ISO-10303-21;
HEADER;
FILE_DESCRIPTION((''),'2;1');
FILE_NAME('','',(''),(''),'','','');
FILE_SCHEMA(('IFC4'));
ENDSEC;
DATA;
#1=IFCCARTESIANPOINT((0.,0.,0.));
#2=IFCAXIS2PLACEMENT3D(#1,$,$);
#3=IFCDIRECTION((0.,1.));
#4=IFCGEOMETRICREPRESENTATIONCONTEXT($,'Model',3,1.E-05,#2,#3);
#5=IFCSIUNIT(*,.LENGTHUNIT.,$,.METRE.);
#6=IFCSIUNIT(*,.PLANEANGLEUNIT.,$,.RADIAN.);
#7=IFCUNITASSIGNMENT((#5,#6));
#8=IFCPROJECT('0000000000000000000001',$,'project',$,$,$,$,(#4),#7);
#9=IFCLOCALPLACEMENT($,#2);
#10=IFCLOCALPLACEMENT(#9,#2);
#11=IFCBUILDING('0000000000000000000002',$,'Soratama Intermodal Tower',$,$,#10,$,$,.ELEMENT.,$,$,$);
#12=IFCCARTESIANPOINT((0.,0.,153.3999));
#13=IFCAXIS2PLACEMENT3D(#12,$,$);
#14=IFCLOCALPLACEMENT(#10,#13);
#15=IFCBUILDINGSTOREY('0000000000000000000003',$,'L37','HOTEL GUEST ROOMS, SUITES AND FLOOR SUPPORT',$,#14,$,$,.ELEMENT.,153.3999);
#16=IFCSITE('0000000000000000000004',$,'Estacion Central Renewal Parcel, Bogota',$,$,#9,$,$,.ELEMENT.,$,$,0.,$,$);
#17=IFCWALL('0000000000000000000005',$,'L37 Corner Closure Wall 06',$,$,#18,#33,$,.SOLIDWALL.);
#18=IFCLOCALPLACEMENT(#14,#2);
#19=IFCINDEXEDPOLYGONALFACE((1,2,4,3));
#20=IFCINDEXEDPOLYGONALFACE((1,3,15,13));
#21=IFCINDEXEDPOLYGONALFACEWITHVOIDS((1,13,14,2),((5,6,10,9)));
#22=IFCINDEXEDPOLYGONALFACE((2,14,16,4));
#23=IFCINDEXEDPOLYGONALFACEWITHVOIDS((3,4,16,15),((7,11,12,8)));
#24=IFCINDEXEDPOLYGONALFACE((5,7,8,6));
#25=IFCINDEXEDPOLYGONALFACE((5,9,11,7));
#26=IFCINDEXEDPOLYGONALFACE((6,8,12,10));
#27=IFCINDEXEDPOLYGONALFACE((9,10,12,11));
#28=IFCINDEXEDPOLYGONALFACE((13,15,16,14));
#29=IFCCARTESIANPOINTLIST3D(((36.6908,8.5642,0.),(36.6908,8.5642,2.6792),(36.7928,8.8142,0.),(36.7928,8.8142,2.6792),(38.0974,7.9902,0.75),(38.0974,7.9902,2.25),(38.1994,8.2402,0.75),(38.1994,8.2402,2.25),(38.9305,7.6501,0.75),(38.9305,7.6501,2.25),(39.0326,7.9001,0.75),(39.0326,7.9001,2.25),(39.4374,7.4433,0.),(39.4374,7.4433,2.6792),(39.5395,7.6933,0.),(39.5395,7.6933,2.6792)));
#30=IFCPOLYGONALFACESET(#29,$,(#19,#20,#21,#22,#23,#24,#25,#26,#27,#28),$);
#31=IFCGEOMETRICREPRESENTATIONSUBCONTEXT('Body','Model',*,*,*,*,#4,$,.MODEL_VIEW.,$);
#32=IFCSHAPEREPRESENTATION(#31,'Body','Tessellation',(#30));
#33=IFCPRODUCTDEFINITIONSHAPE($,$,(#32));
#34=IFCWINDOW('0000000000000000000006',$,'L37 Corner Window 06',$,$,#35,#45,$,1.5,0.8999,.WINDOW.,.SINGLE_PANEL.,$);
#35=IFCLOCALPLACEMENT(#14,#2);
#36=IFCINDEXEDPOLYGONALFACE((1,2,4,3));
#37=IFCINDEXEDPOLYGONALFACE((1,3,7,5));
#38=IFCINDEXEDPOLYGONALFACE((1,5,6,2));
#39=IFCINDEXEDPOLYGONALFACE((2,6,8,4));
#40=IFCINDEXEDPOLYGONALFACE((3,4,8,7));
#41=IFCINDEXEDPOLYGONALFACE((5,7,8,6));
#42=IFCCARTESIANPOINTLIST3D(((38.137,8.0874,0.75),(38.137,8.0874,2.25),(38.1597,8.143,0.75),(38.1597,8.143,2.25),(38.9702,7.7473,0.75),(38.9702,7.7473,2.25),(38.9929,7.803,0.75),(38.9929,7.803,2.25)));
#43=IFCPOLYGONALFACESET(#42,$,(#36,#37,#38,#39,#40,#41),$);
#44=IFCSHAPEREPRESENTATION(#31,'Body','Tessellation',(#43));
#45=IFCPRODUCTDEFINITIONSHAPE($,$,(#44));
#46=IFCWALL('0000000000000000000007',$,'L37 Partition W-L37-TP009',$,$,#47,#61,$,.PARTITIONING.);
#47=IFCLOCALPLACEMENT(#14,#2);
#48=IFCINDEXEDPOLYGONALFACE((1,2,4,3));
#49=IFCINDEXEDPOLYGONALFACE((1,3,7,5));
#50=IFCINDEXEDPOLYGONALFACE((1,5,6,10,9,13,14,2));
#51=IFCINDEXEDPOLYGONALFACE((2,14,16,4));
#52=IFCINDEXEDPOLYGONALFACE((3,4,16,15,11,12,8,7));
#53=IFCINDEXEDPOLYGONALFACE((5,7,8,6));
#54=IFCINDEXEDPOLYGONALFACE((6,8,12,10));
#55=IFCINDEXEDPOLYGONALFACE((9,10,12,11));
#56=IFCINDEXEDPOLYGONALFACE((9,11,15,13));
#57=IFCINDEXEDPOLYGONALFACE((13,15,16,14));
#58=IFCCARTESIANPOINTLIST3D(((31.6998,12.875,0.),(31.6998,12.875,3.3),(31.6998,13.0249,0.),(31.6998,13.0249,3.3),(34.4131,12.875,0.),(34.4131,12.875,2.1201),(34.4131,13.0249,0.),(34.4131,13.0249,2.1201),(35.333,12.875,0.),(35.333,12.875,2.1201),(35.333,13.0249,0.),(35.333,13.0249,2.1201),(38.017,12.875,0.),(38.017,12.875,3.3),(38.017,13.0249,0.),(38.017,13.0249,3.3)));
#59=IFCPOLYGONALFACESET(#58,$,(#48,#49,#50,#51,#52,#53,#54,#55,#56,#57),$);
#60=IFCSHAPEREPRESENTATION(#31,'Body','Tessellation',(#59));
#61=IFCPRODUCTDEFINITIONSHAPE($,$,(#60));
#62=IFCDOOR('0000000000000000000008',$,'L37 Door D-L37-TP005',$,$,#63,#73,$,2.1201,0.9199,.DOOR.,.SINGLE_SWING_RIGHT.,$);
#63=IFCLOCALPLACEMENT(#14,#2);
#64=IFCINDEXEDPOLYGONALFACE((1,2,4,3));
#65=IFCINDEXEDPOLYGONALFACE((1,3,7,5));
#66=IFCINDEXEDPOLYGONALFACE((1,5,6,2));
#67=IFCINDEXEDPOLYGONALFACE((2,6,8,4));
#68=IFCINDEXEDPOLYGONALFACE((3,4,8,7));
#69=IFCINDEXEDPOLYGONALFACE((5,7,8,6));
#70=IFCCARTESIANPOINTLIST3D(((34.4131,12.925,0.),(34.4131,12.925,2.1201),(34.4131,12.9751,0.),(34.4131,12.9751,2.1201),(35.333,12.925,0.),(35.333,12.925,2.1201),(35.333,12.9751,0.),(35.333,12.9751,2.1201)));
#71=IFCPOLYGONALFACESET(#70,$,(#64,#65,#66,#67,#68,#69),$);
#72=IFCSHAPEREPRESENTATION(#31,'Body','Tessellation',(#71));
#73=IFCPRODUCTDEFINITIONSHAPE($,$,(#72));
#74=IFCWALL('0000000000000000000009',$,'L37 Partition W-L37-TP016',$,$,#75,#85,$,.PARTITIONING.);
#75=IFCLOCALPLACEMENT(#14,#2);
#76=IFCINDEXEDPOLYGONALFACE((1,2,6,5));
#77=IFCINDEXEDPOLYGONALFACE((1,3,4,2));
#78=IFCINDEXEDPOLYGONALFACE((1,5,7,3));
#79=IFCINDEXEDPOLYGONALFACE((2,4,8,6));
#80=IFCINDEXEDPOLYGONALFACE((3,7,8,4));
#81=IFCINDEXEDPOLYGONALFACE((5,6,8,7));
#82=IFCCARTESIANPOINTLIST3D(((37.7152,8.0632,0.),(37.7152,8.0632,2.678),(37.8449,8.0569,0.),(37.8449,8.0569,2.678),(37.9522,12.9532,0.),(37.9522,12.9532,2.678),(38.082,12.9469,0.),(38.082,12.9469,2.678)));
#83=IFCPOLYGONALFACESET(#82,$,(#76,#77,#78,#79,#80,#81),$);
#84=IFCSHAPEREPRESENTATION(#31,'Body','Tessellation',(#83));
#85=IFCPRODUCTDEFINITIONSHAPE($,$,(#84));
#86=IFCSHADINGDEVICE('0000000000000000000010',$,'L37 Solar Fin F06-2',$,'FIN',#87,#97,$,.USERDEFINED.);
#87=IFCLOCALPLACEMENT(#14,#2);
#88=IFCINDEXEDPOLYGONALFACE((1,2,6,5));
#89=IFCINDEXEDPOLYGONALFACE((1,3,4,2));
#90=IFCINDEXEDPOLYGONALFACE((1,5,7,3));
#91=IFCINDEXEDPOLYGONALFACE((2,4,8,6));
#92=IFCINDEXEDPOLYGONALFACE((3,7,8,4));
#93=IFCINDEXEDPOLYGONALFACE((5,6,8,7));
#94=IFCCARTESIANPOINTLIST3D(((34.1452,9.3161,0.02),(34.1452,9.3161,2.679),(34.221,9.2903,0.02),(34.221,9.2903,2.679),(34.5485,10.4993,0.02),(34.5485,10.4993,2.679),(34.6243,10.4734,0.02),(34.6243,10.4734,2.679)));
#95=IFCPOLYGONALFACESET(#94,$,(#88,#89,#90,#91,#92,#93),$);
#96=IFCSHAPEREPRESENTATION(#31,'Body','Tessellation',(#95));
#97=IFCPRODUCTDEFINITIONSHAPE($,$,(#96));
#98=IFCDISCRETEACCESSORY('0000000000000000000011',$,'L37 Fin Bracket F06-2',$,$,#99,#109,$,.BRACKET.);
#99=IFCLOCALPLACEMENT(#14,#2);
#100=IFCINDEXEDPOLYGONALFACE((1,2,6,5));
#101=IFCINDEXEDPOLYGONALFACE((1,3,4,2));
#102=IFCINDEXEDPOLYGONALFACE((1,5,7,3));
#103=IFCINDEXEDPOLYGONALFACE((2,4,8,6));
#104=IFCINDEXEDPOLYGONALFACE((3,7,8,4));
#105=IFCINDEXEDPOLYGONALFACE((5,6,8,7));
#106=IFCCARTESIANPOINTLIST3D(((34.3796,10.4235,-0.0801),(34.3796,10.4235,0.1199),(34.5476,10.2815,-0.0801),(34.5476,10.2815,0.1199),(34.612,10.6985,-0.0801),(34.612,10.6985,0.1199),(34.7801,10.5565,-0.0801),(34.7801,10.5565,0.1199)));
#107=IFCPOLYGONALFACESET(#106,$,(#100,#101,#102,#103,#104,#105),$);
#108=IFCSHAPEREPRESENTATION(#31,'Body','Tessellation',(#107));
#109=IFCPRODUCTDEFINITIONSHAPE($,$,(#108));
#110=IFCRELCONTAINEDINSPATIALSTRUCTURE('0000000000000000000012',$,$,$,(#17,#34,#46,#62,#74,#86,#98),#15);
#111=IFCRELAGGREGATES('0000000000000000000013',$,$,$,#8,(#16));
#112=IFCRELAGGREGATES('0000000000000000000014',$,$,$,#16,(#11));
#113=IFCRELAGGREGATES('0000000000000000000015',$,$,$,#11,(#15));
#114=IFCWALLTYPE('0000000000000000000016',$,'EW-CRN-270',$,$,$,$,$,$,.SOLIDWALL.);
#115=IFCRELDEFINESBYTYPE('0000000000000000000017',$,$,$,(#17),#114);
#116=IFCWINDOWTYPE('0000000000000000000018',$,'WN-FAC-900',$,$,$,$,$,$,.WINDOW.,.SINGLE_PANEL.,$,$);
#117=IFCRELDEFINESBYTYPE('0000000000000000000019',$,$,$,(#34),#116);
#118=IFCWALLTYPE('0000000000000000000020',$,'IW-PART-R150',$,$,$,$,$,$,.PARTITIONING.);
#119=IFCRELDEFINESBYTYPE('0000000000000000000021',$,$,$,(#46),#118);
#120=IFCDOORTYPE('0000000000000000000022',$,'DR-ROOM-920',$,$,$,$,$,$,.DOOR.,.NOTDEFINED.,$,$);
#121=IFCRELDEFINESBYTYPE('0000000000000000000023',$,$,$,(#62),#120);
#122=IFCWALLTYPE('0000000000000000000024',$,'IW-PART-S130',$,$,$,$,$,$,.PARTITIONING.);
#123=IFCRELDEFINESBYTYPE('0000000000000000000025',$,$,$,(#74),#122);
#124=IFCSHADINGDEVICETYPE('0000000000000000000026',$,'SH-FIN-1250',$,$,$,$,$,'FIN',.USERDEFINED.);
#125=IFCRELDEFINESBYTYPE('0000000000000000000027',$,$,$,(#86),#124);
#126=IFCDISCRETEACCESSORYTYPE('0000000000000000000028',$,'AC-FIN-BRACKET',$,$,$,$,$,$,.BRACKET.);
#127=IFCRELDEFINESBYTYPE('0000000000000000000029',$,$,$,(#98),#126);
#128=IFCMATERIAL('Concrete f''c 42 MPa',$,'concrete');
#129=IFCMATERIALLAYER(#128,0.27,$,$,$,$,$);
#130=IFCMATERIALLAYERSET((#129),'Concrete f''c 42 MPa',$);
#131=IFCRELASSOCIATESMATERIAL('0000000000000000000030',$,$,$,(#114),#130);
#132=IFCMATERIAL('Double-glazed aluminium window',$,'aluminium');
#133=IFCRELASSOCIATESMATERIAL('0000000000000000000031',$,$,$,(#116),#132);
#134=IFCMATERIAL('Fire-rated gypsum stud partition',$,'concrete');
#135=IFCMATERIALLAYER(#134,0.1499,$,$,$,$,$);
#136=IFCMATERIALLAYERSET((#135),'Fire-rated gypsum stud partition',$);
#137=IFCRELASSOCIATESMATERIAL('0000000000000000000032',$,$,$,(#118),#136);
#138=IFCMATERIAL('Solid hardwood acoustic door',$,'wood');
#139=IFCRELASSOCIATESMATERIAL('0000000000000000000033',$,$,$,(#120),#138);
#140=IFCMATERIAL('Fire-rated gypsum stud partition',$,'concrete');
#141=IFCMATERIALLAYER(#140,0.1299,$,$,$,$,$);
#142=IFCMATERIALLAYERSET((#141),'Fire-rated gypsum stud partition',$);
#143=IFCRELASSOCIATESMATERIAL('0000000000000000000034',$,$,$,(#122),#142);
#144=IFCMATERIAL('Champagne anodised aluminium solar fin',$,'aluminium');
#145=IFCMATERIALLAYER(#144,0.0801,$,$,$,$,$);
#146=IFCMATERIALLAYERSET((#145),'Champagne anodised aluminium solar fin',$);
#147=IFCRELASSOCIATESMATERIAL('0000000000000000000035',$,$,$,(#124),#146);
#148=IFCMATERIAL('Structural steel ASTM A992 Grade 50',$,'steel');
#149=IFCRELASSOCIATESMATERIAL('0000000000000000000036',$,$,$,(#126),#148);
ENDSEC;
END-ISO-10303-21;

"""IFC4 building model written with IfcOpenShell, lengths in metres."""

from ifc_helpers import new_model, si_unit, direction, frame, frame_2d, origin, origin_2d, place, context, subcontext, project, spatial, rectangle, extrude, material, layer, layer_set, type_object, element, fill, save


model = new_model("IFC4")

# Units and contexts
model_context = context("Model", 3, precision=1e-05, world=origin(), true_north=direction((0.0, 1.0)))
body_context = subcontext(model_context, "Body", "Model", "MODEL_VIEW")
ifc_project = project(units=[si_unit("LENGTHUNIT", "METRE"), si_unit("PLANEANGLEUNIT", "RADIAN")], contexts=[model_context])

# Site, building, storey
site_placement = place(None, origin())
site = spatial("IfcSite", under=ifc_project, at=site_placement, Name="Estacion Central Renewal Parcel, Bogota", CompositionType="ELEMENT", RefElevation=0.0)
building_placement = place(site_placement, origin())
building = spatial("IfcBuilding", under=site, at=building_placement, Name="Soratama Intermodal Tower", CompositionType="ELEMENT")
storey_placement = place(building_placement, frame((0.0, 0.0, 153.3999)))
storey = spatial("IfcBuildingStorey", under=building, at=storey_placement, Name="L37", Description="HOTEL GUEST ROOMS, SUITES AND FLOOR SUPPORT", CompositionType="ELEMENT", Elevation=153.3999)

# Wall, opening, window
ifc_material_1 = material(Name="Concrete f'c 42 MPa", Category="concrete")
ifc_layer_1 = layer(ifc_material_1, 0.27)
ifc_layer_set_1 = layer_set([ifc_layer_1], Name="Concrete f'c 42 MPa")
wall_type_1 = type_object("IfcWallType", Name="EW-CRN-270", PredefinedType="SOLIDWALL", material=ifc_layer_set_1)
wall_1_placement = place(storey_placement, frame((36.7417, 8.6892, 0.0), z_axis=(0.0, 0.0, 1.0), x_axis=(0.925872, -0.377838, 0.0)))
wall_1 = element("IfcWall", 1, at=wall_1_placement, inside=storey, type_object=wall_type_1, Name="L37 Corner Closure Wall 06", PredefinedType="SOLIDWALL", context=body_context, shape_type="SweptSolid", body=[
    extrude(rectangle(XDim=2.9666, YDim=0.27, at=frame_2d((1.4834, 0.0))), origin(), (0.0, 0.0, 1.0), 2.6792),
])
opening_1_placement = place(wall_1_placement, frame((1.5193, 0.0, 0.75)))
opening_1 = element("IfcOpeningElement", 2, at=opening_1_placement, cuts=wall_1, PredefinedType="OPENING", context=body_context, shape_type="SweptSolid", body=[
    extrude(rectangle(XDim=0.8999, YDim=1.5, at=frame_2d((0.45, 0.75))), frame((0.0, 0.145, 0.0), z_axis=(0.0, -1.0, 0.0), x_axis=(1.0, 0.0, 0.0)), (0.0, 0.0, 1.0), 0.29),
])
ifc_material_2 = material(Name="Double-glazed aluminium window", Category="aluminium")
window_type = type_object("IfcWindowType", Name="WN-FAC-900", PartitioningType="SINGLE_PANEL", PredefinedType="WINDOW", material=ifc_material_2)
window_placement = place(opening_1_placement, origin())
window = element("IfcWindow", 3, at=window_placement, inside=storey, type_object=window_type, Name="L37 Corner Window 06", OverallHeight=1.5, OverallWidth=0.8999, PartitioningType="SINGLE_PANEL", PredefinedType="WINDOW", context=body_context, shape_type="SweptSolid", body=[
    extrude(rectangle(XDim=0.8999, YDim=1.5, at=frame_2d((0.45, 0.75))), frame((0.0, 0.03, 0.0), z_axis=(0.0, -1.0, 0.0), x_axis=(1.0, 0.0, 0.0)), (0.0, 0.0, 1.0), 0.0601),
])
fill(opening_1, window)

# Wall, opening, door
ifc_material_3 = material(Name="Fire-rated gypsum stud partition", Category="concrete")
ifc_layer_2 = layer(ifc_material_3, 0.1499)
ifc_layer_set_2 = layer_set([ifc_layer_2], Name="Fire-rated gypsum stud partition")
wall_type_2 = type_object("IfcWallType", Name="IW-PART-R150", PredefinedType="PARTITIONING", material=ifc_layer_set_2)
wall_2_placement = place(storey_placement, frame((38.0171, 12.95, 0.0), z_axis=(0.0, 0.0, 1.0), x_axis=(-1.0, 0.0, 0.0)))
wall_2 = element("IfcWall", 4, at=wall_2_placement, inside=storey, type_object=wall_type_2, Name="L37 Partition W-L37-TP009", PredefinedType="PARTITIONING", context=body_context, shape_type="SweptSolid", body=[
    extrude(rectangle(XDim=6.3171, YDim=0.1499, at=frame_2d((3.1587, 0.0))), origin(), (0.0, 0.0, 1.0), 3.3),
])
opening_2_placement = place(wall_2_placement, frame((2.6841, 0.0, 0.0)))
opening_2 = element("IfcOpeningElement", 5, at=opening_2_placement, cuts=wall_2, PredefinedType="OPENING", context=body_context, shape_type="SweptSolid", body=[
    extrude(rectangle(XDim=0.9199, YDim=2.1201, at=frame_2d((0.46, 1.0601))), frame((0.0, 0.085, 0.0), z_axis=(0.0, -1.0, 0.0), x_axis=(1.0, 0.0, 0.0)), (0.0, 0.0, 1.0), 0.1699),
])
ifc_material_4 = material(Name="Solid hardwood acoustic door", Category="wood")
door_type = type_object("IfcDoorType", Name="DR-ROOM-920", OperationType="NOTDEFINED", PredefinedType="DOOR", material=ifc_material_4)
door_placement = place(opening_2_placement, origin())
door = element("IfcDoor", 6, at=door_placement, inside=storey, type_object=door_type, Name="L37 Door D-L37-TP005", OperationType="SINGLE_SWING_RIGHT", OverallHeight=2.1201, OverallWidth=0.9199, PredefinedType="DOOR", context=body_context, shape_type="SweptSolid", body=[
    extrude(rectangle(XDim=0.9199, YDim=2.1201, at=frame_2d((0.46, 1.0601))), frame((0.0, 0.0249, 0.0), z_axis=(0.0, -1.0, 0.0), x_axis=(1.0, 0.0, 0.0)), (0.0, 0.0, 1.0), 0.05),
])
fill(opening_2, door)

# Wall
ifc_material_5 = material(Name="Fire-rated gypsum stud partition", Category="concrete")
ifc_layer_3 = layer(ifc_material_5, 0.1299)
ifc_layer_set_3 = layer_set([ifc_layer_3], Name="Fire-rated gypsum stud partition")
wall_type_3 = type_object("IfcWallType", Name="IW-PART-S130", PredefinedType="PARTITIONING", material=ifc_layer_set_3)
wall_3_placement = place(storey_placement, frame((38.0171, 12.95, 0.0), z_axis=(0.0, 0.0, 1.0), x_axis=(-0.048423, -0.998827, 0.0)))
element("IfcWall", 7, at=wall_3_placement, inside=storey, type_object=wall_type_3, Name="L37 Partition W-L37-TP016", PredefinedType="PARTITIONING", context=body_context, shape_type="SweptSolid", body=[
    extrude(rectangle(XDim=4.8958, YDim=0.1299, at=frame_2d((2.4478, 0.0))), origin(), (0.0, 0.0, 1.0), 2.678),
])

# Shading device
ifc_material_6 = material(Name="Champagne anodised aluminium solar fin", Category="aluminium")
ifc_layer_4 = layer(ifc_material_6, 0.0801)
ifc_layer_set_4 = layer_set([ifc_layer_4], Name="Champagne anodised aluminium solar fin")
shading_device_type = type_object("IfcShadingDeviceType", Name="SH-FIN-1250", ElementType="FIN", PredefinedType="USERDEFINED", material=ifc_layer_set_4)
shading_device_placement = place(storey_placement, frame((34.3848, 9.8948, 0.02), z_axis=(0.0, 0.0, 1.0), x_axis=(-0.322596, -0.946537, 0.0)))
element("IfcShadingDevice", 8, at=shading_device_placement, inside=storey, type_object=shading_device_type, Name="L37 Solar Fin F06-2", ObjectType="FIN", PredefinedType="USERDEFINED", context=body_context, shape_type="SweptSolid", body=[
    extrude(rectangle(XDim=1.25, YDim=0.0801, at=origin_2d()), origin(), (0.0, 0.0, 1.0), 2.6589),
])

# Discrete accessory
ifc_material_7 = material(Name="Structural steel ASTM A992 Grade 50", Category="steel")
discrete_accessory_type = type_object("IfcDiscreteAccessoryType", Name="AC-FIN-BRACKET", PredefinedType="BRACKET", material=ifc_material_7)
discrete_accessory_placement = place(storey_placement, frame((34.5798, 10.49, -0.0801), z_axis=(0.0, 0.0, 1.0), x_axis=(-0.645458, -0.763796, 0.0)))
element("IfcDiscreteAccessory", 9, at=discrete_accessory_placement, inside=storey, type_object=discrete_accessory_type, Name="L37 Fin Bracket F06-2", PredefinedType="BRACKET", context=body_context, shape_type="SweptSolid", body=[
    extrude(rectangle(XDim=0.3601, YDim=0.22, at=origin_2d()), origin(), (0.0, 0.0, 1.0), 0.2),
])

save(model, "model.ifc")
